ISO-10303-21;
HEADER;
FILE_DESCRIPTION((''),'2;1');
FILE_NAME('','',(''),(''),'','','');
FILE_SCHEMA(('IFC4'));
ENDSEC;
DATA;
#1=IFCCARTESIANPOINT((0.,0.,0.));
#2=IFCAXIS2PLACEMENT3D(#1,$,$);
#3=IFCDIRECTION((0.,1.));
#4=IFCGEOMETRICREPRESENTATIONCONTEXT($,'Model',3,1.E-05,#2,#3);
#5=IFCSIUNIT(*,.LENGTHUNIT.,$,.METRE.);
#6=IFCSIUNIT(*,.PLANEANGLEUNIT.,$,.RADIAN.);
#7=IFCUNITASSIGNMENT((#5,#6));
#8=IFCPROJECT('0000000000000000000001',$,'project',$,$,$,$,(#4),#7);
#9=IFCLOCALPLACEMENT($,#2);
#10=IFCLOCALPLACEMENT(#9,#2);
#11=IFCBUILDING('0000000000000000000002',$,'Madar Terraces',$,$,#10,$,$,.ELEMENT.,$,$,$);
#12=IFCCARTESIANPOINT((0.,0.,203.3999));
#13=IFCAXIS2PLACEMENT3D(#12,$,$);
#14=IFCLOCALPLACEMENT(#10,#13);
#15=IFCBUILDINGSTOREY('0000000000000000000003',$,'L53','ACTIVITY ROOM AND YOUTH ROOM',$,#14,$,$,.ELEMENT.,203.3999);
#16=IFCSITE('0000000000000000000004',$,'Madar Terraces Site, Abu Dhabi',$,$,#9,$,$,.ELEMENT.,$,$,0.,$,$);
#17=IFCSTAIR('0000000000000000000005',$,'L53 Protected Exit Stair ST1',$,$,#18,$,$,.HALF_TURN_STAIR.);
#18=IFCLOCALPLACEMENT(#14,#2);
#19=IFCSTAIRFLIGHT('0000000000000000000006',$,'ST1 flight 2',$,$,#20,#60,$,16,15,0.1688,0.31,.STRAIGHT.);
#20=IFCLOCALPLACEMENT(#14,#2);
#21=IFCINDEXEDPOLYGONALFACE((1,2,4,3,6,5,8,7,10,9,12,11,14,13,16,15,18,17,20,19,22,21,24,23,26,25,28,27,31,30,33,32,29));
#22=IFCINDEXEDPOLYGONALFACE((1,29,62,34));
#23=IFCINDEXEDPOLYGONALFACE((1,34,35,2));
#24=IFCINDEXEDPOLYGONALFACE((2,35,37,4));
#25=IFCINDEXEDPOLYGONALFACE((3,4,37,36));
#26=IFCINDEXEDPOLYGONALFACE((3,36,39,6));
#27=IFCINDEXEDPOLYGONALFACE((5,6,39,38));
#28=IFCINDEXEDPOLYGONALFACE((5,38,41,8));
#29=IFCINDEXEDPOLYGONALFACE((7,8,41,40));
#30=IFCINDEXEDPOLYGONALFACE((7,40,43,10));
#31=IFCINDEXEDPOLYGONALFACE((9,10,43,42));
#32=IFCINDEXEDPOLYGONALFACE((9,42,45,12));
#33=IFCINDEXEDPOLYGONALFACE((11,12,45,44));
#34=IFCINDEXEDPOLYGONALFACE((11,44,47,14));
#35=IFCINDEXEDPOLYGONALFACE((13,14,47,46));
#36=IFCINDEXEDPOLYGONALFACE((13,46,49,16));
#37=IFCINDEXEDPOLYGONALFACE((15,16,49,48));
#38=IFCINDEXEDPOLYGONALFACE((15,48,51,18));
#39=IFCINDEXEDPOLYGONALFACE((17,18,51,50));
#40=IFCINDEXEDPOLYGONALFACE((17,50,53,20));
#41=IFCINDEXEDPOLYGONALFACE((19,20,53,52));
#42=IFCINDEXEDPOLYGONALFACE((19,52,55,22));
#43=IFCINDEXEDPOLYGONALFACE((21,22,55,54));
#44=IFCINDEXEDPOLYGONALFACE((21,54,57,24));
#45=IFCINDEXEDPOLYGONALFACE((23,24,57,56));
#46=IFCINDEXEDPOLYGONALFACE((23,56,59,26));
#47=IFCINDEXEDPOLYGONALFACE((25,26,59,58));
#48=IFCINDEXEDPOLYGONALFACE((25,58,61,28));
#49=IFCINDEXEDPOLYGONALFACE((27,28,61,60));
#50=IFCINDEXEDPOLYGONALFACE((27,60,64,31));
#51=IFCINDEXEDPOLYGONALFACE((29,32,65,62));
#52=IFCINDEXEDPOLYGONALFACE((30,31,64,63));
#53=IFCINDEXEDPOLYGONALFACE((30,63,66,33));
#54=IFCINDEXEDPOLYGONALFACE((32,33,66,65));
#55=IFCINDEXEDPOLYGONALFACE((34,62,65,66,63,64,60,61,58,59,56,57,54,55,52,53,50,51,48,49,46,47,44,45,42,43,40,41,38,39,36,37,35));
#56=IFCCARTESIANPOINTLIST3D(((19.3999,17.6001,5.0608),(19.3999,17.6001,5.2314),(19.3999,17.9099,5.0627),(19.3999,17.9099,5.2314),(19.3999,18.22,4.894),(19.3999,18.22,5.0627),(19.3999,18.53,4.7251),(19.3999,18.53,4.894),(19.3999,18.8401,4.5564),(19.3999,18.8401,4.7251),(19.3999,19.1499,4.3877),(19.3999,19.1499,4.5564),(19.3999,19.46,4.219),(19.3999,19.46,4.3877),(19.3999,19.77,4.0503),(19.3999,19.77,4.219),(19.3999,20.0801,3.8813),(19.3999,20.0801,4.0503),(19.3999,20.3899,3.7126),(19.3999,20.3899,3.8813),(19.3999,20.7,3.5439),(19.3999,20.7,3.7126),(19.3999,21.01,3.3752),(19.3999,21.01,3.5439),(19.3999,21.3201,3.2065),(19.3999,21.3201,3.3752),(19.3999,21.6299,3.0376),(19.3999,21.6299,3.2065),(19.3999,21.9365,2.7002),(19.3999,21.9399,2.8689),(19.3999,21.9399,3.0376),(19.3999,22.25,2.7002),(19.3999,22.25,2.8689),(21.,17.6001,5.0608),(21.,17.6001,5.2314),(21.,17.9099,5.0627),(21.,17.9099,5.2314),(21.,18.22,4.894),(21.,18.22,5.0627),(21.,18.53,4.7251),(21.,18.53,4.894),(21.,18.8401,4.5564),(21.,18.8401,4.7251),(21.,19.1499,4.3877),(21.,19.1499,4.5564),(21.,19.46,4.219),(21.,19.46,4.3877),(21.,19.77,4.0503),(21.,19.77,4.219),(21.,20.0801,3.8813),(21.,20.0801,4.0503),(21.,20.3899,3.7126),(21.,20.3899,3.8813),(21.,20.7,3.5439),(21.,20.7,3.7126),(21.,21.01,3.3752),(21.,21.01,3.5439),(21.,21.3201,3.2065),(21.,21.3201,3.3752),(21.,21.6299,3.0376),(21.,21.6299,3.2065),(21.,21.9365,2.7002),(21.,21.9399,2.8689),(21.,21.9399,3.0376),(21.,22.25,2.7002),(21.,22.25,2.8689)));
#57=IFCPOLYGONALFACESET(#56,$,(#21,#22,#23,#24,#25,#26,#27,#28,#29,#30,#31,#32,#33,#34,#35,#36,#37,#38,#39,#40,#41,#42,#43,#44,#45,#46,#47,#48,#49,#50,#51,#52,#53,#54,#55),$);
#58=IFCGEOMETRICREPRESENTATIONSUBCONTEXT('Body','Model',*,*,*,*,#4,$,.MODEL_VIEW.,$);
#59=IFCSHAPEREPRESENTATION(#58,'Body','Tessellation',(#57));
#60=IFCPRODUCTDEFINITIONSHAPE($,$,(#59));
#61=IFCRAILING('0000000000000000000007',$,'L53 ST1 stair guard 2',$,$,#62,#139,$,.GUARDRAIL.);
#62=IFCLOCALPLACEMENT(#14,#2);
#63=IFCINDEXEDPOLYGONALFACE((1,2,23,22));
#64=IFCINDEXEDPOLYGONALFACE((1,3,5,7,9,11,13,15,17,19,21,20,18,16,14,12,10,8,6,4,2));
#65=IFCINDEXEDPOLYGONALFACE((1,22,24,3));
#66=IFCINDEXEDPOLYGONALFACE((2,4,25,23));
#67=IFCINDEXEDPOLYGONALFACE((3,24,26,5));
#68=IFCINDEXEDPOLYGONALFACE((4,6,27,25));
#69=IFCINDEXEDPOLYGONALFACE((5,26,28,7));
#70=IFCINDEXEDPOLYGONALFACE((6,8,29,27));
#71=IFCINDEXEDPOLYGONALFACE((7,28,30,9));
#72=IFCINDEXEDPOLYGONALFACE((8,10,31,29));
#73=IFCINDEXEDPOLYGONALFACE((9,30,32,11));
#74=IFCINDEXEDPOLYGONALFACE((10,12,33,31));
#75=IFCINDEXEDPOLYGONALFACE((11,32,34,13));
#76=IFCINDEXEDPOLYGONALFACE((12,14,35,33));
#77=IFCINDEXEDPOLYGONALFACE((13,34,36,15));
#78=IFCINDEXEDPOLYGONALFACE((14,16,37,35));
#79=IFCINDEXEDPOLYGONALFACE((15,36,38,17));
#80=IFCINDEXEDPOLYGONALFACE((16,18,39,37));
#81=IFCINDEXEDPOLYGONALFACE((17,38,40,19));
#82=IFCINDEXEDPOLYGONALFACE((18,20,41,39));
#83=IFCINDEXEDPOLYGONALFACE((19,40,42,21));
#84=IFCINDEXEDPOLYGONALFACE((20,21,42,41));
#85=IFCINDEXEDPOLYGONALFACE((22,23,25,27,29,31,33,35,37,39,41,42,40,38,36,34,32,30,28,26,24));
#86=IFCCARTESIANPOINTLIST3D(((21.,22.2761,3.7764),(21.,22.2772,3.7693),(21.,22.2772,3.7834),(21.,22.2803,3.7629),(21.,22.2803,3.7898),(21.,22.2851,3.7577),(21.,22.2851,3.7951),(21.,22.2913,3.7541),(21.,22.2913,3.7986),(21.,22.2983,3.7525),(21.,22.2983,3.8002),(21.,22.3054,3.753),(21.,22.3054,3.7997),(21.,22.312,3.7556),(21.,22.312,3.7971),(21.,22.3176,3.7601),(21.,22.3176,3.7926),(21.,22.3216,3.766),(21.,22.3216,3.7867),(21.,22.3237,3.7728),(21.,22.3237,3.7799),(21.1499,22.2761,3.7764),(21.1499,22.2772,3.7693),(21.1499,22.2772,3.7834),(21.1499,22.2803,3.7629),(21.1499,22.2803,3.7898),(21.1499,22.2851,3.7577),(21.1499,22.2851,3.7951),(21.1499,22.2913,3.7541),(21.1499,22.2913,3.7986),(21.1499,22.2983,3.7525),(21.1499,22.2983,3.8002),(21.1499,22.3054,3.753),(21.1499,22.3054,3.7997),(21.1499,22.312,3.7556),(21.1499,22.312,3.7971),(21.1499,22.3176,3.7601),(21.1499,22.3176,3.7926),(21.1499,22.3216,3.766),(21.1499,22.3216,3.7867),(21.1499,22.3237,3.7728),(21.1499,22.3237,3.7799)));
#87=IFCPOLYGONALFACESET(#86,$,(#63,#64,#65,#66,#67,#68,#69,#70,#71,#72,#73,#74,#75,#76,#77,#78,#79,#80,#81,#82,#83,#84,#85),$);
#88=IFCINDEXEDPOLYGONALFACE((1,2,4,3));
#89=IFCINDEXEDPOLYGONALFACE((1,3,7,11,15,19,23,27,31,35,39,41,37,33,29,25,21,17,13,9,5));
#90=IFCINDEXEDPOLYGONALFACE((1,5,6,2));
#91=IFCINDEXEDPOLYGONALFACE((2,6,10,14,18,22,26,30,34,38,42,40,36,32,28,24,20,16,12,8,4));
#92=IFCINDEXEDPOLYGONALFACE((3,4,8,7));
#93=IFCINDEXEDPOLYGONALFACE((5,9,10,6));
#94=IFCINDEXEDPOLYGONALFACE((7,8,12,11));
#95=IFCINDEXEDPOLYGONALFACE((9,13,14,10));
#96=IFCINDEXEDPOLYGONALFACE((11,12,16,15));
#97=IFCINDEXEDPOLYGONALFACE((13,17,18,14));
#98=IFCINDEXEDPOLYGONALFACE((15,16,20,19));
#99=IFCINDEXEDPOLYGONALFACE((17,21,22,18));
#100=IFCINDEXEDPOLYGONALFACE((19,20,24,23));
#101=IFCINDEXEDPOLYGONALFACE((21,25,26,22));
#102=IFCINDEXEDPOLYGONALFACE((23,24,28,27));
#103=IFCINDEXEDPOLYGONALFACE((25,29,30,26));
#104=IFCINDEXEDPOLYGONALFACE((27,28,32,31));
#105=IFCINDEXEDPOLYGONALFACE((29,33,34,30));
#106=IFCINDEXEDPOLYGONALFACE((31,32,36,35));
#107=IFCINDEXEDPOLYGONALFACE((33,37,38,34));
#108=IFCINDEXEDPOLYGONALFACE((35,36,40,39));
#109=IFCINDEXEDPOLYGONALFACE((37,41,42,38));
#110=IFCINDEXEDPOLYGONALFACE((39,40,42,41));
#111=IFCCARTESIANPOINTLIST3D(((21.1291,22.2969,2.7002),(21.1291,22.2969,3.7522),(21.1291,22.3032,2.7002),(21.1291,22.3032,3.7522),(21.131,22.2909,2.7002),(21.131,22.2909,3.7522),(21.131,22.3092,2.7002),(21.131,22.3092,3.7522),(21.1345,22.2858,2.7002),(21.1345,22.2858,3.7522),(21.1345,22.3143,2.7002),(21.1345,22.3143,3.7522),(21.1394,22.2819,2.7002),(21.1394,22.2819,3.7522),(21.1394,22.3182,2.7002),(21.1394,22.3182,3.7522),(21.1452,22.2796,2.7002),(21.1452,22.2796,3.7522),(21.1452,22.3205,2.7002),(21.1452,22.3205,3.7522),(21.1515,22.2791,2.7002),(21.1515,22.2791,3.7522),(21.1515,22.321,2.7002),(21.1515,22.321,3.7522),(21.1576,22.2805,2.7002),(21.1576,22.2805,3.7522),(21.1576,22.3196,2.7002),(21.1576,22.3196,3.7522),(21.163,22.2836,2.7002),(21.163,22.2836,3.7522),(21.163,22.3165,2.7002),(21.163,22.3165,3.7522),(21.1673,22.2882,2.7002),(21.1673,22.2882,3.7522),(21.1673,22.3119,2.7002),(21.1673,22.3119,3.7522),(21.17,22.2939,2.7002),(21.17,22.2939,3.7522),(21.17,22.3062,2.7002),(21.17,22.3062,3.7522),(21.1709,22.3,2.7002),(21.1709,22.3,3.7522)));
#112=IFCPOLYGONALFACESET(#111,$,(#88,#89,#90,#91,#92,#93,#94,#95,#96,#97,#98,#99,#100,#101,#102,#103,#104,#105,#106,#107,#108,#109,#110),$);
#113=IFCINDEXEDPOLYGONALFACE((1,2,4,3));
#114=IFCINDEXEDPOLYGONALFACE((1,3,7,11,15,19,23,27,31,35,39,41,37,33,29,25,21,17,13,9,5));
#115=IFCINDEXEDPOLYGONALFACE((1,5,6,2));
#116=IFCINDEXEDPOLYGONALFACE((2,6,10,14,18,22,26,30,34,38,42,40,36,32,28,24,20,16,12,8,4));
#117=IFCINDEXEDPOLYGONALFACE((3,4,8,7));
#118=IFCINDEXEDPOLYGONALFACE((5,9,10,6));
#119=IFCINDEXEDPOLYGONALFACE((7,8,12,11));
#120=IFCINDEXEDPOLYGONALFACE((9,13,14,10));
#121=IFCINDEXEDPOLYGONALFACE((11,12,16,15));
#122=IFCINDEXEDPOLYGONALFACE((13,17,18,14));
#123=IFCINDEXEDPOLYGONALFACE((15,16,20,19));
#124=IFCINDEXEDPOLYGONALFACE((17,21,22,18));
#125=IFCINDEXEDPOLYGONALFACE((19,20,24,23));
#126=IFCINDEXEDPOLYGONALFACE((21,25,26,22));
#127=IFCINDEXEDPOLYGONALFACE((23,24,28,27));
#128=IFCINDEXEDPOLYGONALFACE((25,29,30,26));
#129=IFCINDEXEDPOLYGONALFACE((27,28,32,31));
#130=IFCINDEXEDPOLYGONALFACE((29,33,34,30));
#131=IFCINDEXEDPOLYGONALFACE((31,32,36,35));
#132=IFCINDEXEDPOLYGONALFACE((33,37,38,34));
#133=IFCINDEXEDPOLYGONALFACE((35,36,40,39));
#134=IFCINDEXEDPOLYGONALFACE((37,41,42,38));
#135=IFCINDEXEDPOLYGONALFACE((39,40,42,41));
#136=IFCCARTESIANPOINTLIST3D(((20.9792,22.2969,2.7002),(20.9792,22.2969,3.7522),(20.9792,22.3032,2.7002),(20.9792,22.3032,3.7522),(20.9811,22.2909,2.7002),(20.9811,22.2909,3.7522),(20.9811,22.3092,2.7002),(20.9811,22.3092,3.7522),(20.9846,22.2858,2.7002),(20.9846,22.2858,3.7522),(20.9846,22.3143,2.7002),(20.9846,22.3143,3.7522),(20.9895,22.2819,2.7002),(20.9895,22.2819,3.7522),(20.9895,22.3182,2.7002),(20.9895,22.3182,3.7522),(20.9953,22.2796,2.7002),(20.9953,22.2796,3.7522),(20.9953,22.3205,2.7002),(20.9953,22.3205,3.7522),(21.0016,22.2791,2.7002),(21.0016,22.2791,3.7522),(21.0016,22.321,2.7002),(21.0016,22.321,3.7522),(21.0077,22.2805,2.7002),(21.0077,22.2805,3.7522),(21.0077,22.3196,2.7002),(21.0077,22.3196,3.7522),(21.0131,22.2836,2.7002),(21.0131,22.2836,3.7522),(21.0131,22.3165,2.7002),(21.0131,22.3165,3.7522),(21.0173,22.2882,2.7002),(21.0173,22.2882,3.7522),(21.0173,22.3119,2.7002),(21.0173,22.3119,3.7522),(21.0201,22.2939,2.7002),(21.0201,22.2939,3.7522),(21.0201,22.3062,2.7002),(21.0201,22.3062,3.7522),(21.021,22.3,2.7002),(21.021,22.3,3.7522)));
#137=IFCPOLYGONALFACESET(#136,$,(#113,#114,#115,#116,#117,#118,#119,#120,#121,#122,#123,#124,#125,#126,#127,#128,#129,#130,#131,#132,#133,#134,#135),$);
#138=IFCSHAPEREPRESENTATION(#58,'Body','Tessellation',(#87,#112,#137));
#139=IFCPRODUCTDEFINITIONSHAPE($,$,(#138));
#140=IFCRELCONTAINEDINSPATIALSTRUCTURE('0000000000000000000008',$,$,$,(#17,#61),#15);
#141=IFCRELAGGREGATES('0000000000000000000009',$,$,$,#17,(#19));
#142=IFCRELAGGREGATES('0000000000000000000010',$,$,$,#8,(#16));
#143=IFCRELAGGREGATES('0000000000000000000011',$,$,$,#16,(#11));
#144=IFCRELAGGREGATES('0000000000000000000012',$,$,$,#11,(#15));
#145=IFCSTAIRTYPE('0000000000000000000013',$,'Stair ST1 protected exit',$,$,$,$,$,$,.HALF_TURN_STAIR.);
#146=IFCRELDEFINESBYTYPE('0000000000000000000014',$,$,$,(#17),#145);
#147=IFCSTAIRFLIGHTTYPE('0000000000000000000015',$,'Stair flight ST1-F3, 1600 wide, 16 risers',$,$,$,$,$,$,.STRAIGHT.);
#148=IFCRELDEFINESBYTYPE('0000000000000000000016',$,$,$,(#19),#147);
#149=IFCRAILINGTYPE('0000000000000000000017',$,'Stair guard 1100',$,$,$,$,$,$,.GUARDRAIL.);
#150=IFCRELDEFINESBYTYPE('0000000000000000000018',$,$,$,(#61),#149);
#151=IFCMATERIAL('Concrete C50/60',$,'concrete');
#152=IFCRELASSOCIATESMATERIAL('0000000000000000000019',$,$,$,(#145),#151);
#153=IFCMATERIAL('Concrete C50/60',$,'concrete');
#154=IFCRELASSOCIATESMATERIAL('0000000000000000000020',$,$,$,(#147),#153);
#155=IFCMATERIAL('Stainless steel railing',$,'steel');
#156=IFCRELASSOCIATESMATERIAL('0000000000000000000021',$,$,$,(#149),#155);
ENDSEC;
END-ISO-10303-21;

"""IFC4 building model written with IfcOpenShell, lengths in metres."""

from ifc_helpers import new_model, si_unit, direction, frame, origin, origin_2d, place, context, subcontext, project, spatial, polyline, circle, outline, extrude, material, type_object, element, aggregate, save


model = new_model("IFC4")

# Units and contexts
model_context = context("Model", 3, precision=1e-05, world=origin(), true_north=direction((0.0, 1.0)))
body_context = subcontext(model_context, "Body", "Model", "MODEL_VIEW")
ifc_project = project(units=[si_unit("LENGTHUNIT", "METRE"), si_unit("PLANEANGLEUNIT", "RADIAN")], contexts=[model_context])

# Site, building, storey
site_placement = place(None, origin())
site = spatial("IfcSite", under=ifc_project, at=site_placement, Name="Madar Terraces Site, Abu Dhabi", CompositionType="ELEMENT", RefElevation=0.0)
building_placement = place(site_placement, origin())
building = spatial("IfcBuilding", under=site, at=building_placement, Name="Madar Terraces", CompositionType="ELEMENT")
storey_placement = place(building_placement, frame((0.0, 0.0, 203.3999)))
storey = spatial("IfcBuildingStorey", under=building, at=storey_placement, Name="L53", Description="ACTIVITY ROOM AND YOUTH ROOM", CompositionType="ELEMENT", Elevation=203.3999)

# Stair, stair flight
ifc_material_1 = material(Name="Concrete C50/60", Category="concrete")
stair_type = type_object("IfcStairType", Name="Stair ST1 protected exit", PredefinedType="HALF_TURN_STAIR", material=ifc_material_1)
stair_placement = place(storey_placement, origin())
stair = element("IfcStair", 1, at=stair_placement, inside=storey, type_object=stair_type, Name="L53 Protected Exit Stair ST1", PredefinedType="HALF_TURN_STAIR")
ifc_material_2 = material(Name="Concrete C50/60", Category="concrete")
stair_flight_type = type_object("IfcStairFlightType", Name="Stair flight ST1-F3, 1600 wide, 16 risers", PredefinedType="STRAIGHT", material=ifc_material_2)
stair_flight_placement = place(storey_placement, frame((20.2, 22.25, 2.7002), z_axis=(0.0, 0.0, 1.0), x_axis=(0.0, -1.0, 0.0)))
stair_flight = element("IfcStairFlight", 2, at=stair_flight_placement, type_object=stair_flight_type, Name="ST1 flight 2", NumberOfRisers=16, NumberOfTreads=15, PredefinedType="STRAIGHT", RiserHeight=0.1688, TreadLength=0.31, context=body_context, shape_type="SweptSolid", body=[
    extrude(outline(polyline([(0.0, 0.0), (0.0, 0.1687), (0.3101, 0.1687), (0.3101, 0.3374), (0.6201, 0.3374), (0.6201, 0.5063), (0.9299, 0.5063), (0.9299, 0.675), (1.24, 0.675), (1.24, 0.8438), (1.55, 0.8438), (1.55, 1.0125), (1.8601, 1.0125), (1.8601, 1.1812), (2.1699, 1.1812), (2.1699, 1.3501), (2.48, 1.3501), (2.48, 1.5188), (2.79, 1.5188), (2.79, 1.6875), (3.1001, 1.6875), (3.1001, 1.8562), (3.4099, 1.8562), (3.4099, 2.0249), (3.72, 2.0249), (3.72, 2.1938), (4.03, 2.1938), (4.03, 2.3625), (4.3401, 2.3625), (4.3401, 2.5312), (4.6499, 2.5312), (4.6499, 2.7), (4.6499, 2.3606), (0.3135, 0.0), (0.0, 0.0)])), frame((0.0, 0.8, 0.0), z_axis=(0.0, -1.0, 0.0), x_axis=(1.0, 0.0, 0.0)), (0.0, 0.0, 1.0), 1.6001),
])
aggregate(stair, [stair_flight])

# Railing
ifc_material_3 = material(Name="Stainless steel railing", Category="steel")
railing_type_1 = type_object("IfcRailingType", Name="Stair guard 1100", PredefinedType="GUARDRAIL", material=ifc_material_3)
railing_1_placement = place(storey_placement, frame((21.1499, 22.3, 2.7002)))
element("IfcRailing", 3, at=railing_1_placement, inside=storey, type_object=railing_type_1, Name="L53 ST1 stair guard 2", PredefinedType="GUARDRAIL", context=body_context, shape_type="SweptSolid", body=[
    extrude(circle(Radius=0.0239, at=origin_2d()), frame((0.0, 0.0, 1.0762), z_axis=(-1.0, 0.0, 0.0), x_axis=(0.0, -1.0, 0.0)), (0.0, 0.0, 1.0), 0.1499),
    extrude(circle(Radius=0.021, at=origin_2d()), origin(), (0.0, 0.0, 1.0), 1.052),
    extrude(circle(Radius=0.021, at=origin_2d()), frame((-0.1499, 0.0, 0.0)), (0.0, 0.0, 1.0), 1.052),
])

save(model, "model.ifc")
